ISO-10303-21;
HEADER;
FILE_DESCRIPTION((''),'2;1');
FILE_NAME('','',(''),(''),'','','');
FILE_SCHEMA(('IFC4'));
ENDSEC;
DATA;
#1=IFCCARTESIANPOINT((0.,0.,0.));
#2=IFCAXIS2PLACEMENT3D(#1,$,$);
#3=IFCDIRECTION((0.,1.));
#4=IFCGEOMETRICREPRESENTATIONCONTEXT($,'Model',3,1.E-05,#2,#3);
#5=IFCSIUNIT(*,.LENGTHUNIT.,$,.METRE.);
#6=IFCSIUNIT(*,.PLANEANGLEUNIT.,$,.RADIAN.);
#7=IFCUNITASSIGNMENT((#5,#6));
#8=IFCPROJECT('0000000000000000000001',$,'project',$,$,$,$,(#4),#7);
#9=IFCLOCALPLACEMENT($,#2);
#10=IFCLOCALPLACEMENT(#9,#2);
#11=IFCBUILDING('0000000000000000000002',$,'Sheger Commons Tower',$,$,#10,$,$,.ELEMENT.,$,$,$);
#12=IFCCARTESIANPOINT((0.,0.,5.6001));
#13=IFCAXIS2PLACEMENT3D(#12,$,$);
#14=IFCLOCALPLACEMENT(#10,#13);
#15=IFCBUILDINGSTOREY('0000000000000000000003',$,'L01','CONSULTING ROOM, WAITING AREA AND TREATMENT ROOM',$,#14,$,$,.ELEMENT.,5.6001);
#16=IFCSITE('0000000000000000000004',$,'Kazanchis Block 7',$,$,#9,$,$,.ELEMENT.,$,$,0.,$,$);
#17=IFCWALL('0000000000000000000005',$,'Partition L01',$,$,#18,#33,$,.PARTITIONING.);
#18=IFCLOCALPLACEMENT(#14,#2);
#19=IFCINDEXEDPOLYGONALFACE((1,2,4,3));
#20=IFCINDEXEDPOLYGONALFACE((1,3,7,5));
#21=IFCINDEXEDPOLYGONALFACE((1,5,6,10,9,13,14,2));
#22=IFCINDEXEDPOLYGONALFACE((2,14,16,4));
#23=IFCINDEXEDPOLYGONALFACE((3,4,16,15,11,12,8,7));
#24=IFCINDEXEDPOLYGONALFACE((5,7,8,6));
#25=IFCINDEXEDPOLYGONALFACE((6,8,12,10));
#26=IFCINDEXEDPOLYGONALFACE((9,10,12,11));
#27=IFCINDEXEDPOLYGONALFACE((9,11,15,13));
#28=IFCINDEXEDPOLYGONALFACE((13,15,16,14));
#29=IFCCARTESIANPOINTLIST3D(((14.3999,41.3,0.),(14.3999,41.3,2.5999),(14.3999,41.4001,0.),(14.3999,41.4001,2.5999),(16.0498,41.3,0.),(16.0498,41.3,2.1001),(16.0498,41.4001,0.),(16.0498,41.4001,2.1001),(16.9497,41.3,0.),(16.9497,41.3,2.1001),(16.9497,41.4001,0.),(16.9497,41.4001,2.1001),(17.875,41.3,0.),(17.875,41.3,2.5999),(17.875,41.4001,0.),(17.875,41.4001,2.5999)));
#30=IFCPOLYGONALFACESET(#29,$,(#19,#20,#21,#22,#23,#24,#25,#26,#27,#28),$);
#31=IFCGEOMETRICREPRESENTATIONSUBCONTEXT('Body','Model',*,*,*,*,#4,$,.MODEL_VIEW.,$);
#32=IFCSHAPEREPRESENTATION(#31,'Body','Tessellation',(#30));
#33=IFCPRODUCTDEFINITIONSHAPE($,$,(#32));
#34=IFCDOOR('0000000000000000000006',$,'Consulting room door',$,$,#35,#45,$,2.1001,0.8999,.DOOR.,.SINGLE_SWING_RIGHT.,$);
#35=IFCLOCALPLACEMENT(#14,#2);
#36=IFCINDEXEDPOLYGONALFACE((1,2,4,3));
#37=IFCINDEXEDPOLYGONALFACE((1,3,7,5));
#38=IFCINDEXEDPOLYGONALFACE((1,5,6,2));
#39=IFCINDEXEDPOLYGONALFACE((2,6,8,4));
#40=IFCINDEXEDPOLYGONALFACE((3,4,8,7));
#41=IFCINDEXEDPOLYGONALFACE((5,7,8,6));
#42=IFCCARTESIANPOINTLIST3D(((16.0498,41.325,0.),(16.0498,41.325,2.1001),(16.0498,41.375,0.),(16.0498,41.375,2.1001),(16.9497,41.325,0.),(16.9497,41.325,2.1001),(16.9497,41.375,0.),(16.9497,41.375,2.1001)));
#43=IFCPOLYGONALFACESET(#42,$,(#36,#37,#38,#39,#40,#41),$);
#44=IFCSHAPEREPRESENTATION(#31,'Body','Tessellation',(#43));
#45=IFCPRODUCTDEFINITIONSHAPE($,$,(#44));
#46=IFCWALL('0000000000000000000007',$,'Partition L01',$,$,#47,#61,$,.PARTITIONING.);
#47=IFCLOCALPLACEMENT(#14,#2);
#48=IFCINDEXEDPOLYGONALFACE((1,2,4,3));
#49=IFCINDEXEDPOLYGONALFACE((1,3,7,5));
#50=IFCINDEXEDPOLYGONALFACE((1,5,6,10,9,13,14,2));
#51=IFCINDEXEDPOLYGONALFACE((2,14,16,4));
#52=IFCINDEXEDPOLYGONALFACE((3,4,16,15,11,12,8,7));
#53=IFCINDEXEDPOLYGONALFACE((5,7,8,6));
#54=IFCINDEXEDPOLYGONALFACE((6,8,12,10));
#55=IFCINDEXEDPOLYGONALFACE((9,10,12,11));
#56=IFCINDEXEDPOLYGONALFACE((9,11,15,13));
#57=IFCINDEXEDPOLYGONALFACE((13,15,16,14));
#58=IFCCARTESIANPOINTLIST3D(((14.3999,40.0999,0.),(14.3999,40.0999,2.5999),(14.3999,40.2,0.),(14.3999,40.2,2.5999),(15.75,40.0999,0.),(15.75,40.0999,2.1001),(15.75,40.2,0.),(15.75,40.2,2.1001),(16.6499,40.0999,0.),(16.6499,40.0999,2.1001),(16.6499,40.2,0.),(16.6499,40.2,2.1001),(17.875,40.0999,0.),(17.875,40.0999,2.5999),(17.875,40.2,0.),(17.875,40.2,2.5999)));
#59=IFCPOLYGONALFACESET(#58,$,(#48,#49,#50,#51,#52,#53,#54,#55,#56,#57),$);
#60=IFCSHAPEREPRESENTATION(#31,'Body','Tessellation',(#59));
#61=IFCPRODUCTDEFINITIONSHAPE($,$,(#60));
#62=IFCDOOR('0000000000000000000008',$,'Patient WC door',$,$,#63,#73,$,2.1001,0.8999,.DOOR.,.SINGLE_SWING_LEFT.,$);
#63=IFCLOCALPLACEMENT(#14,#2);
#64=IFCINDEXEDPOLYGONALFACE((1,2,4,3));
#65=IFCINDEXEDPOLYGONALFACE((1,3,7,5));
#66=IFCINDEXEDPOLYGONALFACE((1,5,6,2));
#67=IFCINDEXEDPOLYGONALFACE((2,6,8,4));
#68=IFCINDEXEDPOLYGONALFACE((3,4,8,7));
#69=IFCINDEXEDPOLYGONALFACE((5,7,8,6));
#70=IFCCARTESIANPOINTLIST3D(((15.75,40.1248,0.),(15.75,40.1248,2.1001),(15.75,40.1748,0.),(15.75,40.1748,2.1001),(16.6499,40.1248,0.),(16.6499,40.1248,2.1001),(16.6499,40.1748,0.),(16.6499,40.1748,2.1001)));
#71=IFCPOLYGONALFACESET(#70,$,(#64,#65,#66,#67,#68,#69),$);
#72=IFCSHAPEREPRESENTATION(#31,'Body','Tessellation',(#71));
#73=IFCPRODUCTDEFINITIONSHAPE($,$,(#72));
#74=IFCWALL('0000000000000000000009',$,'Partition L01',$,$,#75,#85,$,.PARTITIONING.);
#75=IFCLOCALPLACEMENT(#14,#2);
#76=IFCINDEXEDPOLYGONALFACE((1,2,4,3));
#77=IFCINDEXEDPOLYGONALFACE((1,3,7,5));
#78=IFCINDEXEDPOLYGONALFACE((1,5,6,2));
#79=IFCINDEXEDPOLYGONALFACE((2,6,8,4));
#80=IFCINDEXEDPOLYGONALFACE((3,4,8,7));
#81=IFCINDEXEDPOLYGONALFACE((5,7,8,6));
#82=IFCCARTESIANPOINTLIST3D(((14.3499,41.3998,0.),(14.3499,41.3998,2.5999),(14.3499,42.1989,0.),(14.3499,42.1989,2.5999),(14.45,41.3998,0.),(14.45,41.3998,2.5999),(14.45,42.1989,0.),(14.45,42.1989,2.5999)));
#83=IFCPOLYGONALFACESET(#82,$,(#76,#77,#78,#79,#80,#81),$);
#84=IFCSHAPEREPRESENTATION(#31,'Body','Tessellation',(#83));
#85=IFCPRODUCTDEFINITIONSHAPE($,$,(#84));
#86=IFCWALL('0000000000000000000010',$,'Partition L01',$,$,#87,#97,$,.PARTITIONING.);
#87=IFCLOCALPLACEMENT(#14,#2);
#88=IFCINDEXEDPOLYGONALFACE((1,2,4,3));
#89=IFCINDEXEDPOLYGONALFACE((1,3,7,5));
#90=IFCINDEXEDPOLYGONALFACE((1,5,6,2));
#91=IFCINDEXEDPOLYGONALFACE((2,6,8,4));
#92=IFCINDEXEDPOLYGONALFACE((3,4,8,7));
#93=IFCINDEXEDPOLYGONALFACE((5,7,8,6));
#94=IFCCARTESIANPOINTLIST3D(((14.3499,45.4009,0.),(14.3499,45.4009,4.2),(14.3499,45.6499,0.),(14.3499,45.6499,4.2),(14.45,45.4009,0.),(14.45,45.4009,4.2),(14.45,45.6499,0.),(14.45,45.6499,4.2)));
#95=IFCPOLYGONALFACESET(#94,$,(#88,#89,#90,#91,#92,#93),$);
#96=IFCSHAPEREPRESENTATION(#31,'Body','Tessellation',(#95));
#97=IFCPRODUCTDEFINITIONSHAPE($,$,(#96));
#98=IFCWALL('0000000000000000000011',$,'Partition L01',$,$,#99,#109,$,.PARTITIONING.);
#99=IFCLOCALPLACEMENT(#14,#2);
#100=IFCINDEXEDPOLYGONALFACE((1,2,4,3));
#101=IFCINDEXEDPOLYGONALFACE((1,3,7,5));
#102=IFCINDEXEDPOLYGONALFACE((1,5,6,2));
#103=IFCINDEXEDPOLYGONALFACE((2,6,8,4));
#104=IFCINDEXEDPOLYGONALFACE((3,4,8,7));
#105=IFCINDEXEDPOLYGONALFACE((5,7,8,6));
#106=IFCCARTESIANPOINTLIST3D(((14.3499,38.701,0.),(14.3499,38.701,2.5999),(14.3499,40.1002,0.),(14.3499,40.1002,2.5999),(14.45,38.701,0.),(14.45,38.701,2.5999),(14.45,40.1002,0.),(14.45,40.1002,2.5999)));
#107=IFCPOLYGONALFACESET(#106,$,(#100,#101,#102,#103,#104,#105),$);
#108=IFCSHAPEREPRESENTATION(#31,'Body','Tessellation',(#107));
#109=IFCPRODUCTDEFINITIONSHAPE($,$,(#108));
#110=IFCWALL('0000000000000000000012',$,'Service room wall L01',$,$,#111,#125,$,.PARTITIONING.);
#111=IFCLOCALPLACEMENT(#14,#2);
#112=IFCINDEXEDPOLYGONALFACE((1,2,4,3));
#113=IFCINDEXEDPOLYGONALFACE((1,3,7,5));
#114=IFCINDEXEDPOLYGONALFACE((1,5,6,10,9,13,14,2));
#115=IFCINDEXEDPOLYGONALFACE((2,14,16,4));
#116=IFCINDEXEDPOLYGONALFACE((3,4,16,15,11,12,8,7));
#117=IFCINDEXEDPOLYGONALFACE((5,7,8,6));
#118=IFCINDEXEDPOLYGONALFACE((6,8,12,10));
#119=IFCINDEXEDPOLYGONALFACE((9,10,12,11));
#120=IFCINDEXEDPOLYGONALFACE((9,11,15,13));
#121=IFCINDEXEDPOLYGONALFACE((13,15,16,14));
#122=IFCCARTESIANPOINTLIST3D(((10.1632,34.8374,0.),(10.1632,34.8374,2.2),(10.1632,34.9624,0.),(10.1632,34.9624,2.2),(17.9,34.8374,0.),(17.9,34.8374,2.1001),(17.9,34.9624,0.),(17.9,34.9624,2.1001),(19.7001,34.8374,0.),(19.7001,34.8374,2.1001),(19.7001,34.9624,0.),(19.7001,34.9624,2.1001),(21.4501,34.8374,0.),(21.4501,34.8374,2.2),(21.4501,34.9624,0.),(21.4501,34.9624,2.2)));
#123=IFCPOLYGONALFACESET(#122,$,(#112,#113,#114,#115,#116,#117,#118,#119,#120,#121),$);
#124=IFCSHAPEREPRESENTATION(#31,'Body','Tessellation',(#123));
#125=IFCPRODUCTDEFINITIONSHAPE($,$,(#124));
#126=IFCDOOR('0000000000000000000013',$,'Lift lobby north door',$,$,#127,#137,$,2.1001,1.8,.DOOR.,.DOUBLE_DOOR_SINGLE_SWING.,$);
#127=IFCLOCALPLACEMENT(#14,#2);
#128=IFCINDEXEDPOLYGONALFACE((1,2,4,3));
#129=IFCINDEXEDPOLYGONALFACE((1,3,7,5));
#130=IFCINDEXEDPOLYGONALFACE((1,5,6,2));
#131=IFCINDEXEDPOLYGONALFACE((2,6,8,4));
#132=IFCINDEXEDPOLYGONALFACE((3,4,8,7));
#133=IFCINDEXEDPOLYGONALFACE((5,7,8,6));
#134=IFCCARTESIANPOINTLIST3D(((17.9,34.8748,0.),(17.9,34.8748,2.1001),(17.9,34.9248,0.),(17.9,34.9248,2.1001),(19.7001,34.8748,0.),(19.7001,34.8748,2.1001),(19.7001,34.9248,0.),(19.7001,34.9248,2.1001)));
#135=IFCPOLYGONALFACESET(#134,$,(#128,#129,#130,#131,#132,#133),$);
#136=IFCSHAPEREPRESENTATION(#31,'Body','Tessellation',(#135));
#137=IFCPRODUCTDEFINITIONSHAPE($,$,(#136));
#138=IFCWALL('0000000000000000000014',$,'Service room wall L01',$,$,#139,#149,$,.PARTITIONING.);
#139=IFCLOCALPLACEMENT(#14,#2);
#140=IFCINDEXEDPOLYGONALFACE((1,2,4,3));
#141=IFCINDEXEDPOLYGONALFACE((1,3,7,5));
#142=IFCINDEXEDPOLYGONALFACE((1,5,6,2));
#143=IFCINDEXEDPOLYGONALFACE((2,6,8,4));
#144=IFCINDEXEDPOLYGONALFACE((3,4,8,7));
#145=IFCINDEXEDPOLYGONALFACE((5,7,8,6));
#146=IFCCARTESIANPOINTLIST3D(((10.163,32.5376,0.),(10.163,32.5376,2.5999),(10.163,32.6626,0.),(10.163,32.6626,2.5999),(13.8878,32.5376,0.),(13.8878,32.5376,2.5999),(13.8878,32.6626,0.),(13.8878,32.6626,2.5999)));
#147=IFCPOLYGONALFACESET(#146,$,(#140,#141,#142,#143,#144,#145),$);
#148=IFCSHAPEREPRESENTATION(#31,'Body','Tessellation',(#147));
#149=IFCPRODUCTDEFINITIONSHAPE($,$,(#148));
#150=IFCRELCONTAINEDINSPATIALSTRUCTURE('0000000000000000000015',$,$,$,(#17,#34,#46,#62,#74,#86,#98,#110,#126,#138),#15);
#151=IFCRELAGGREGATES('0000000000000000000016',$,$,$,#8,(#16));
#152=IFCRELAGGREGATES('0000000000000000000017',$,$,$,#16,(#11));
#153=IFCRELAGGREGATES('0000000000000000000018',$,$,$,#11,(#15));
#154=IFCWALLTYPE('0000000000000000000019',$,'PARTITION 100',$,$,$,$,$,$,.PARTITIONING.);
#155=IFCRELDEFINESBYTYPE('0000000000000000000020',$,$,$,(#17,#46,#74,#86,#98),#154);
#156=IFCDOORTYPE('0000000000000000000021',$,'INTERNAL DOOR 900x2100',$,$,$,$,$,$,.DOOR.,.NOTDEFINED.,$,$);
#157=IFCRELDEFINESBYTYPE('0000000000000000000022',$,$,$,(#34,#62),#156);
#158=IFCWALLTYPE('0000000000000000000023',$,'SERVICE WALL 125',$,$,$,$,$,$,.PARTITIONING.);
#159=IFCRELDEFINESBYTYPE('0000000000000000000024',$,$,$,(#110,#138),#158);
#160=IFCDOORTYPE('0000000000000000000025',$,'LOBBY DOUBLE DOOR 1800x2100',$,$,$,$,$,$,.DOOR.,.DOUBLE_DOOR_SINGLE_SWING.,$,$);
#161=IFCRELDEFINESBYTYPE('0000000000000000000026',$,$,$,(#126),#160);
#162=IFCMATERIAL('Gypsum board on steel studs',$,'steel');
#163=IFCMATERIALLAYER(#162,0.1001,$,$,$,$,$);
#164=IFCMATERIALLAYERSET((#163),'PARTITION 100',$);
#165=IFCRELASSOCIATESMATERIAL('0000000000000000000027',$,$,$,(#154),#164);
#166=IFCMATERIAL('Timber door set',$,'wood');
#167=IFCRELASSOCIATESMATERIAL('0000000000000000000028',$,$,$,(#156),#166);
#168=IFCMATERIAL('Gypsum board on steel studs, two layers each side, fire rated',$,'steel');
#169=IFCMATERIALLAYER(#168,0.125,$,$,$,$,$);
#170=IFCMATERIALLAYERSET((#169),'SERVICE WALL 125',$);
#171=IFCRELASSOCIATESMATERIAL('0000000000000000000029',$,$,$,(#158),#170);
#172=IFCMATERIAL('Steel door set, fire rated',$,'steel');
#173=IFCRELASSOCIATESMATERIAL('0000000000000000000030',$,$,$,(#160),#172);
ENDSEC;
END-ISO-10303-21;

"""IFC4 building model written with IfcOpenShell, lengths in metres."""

from ifc_helpers import new_model, si_unit, direction, frame, frame_2d, origin, place, context, subcontext, project, spatial, rectangle, extrude, material, layer, layer_set, type_object, element, fill, save


model = new_model("IFC4")

# Units and contexts
model_context = context("Model", 3, precision=1e-05, world=origin(), true_north=direction((0.0, 1.0)))
body_context = subcontext(model_context, "Body", "Model", "MODEL_VIEW")
ifc_project = project(units=[si_unit("LENGTHUNIT", "METRE"), si_unit("PLANEANGLEUNIT", "RADIAN")], contexts=[model_context])

# Site, building, storey
site_placement = place(None, origin())
site = spatial("IfcSite", under=ifc_project, at=site_placement, Name="Kazanchis Block 7", CompositionType="ELEMENT", RefElevation=0.0)
building_placement = place(site_placement, origin())
building = spatial("IfcBuilding", under=site, at=building_placement, Name="Sheger Commons Tower", CompositionType="ELEMENT")
storey_placement = place(building_placement, frame((0.0, 0.0, 5.6001)))
storey = spatial("IfcBuildingStorey", under=building, at=storey_placement, Name="L01", Description="CONSULTING ROOM, WAITING AREA AND TREATMENT ROOM", CompositionType="ELEMENT", Elevation=5.6001)

# Shared definitions
ifc_material_1 = material(Name="Gypsum board on steel studs", Category="steel")
ifc_layer_1 = layer(ifc_material_1, 0.1001)
ifc_layer_set_1 = layer_set([ifc_layer_1], Name="PARTITION 100")
wall_type_1 = type_object("IfcWallType", Name="PARTITION 100", PredefinedType="PARTITIONING", material=ifc_layer_set_1)

# Walls, openings, doors
wall_1_placement = place(storey_placement, frame((14.3999, 41.3501, 0.0), z_axis=(0.0, 0.0, 1.0), x_axis=(1.0, 0.0, 0.0)))
wall_1 = element("IfcWall", 1, at=wall_1_placement, inside=storey, type_object=wall_type_1, Name="Partition L01", PredefinedType="PARTITIONING", context=body_context, shape_type="SweptSolid", body=[
    extrude(rectangle(XDim=3.4751, YDim=0.1001, at=frame_2d((1.7375, 0.0))), origin(), (0.0, 0.0, 1.0), 2.5999),
])
opening_1_placement = place(wall_1_placement, frame((1.6499, 0.0, 0.0)))
opening_1 = element("IfcOpeningElement", 2, at=opening_1_placement, cuts=wall_1, PredefinedType="OPENING", context=body_context, shape_type="SweptSolid", body=[
    extrude(rectangle(XDim=0.8999, YDim=2.1001, at=frame_2d((0.45, 1.05))), frame((0.0, 0.0601, 0.0), z_axis=(0.0, -1.0, 0.0), x_axis=(1.0, 0.0, 0.0)), (0.0, 0.0, 1.0), 0.1201),
])
ifc_material_2 = material(Name="Timber door set", Category="wood")
door_type_1 = type_object("IfcDoorType", Name="INTERNAL DOOR 900x2100", OperationType="NOTDEFINED", PredefinedType="DOOR", material=ifc_material_2)
door_1_placement = place(opening_1_placement, origin())
door_1 = element("IfcDoor", 3, at=door_1_placement, inside=storey, type_object=door_type_1, Name="Consulting room door", OperationType="SINGLE_SWING_RIGHT", OverallHeight=2.1001, OverallWidth=0.8999, PredefinedType="DOOR", context=body_context, shape_type="SweptSolid", body=[
    extrude(rectangle(XDim=0.8999, YDim=2.1001, at=frame_2d((0.45, 1.05))), frame((0.0, 0.0249, 0.0), z_axis=(0.0, -1.0, 0.0), x_axis=(1.0, 0.0, 0.0)), (0.0, 0.0, 1.0), 0.05),
])
fill(opening_1, door_1)
wall_2_placement = place(storey_placement, frame((14.3999, 40.1499, 0.0), z_axis=(0.0, 0.0, 1.0), x_axis=(1.0, 0.0, 0.0)))
wall_2 = element("IfcWall", 4, at=wall_2_placement, inside=storey, type_object=wall_type_1, Name="Partition L01", PredefinedType="PARTITIONING", context=body_context, shape_type="SweptSolid", body=[
    extrude(rectangle(XDim=3.4751, YDim=0.1001, at=frame_2d((1.7375, 0.0))), origin(), (0.0, 0.0, 1.0), 2.5999),
])
opening_2_placement = place(wall_2_placement, frame((1.3501, 0.0, 0.0)))
opening_2 = element("IfcOpeningElement", 5, at=opening_2_placement, cuts=wall_2, PredefinedType="OPENING", context=body_context, shape_type="SweptSolid", body=[
    extrude(rectangle(XDim=0.8999, YDim=2.1001, at=frame_2d((0.45, 1.05))), frame((0.0, 0.0601, 0.0), z_axis=(0.0, -1.0, 0.0), x_axis=(1.0, 0.0, 0.0)), (0.0, 0.0, 1.0), 0.1201),
])
door_2_placement = place(opening_2_placement, origin())
door_2 = element("IfcDoor", 6, at=door_2_placement, inside=storey, type_object=door_type_1, Name="Patient WC door", OperationType="SINGLE_SWING_LEFT", OverallHeight=2.1001, OverallWidth=0.8999, PredefinedType="DOOR", context=body_context, shape_type="SweptSolid", body=[
    extrude(rectangle(XDim=0.8999, YDim=2.1001, at=frame_2d((0.45, 1.05))), frame((0.0, 0.0249, 0.0), z_axis=(0.0, -1.0, 0.0), x_axis=(1.0, 0.0, 0.0)), (0.0, 0.0, 1.0), 0.05),
])
fill(opening_2, door_2)

# Walls
wall_3_placement = place(storey_placement, frame((14.3999, 41.3999, 0.0), z_axis=(0.0, 0.0, 1.0), x_axis=(0.0, 1.0, 0.0)))
element("IfcWall", 7, at=wall_3_placement, inside=storey, type_object=wall_type_1, Name="Partition L01", PredefinedType="PARTITIONING", context=body_context, shape_type="SweptSolid", body=[
    extrude(rectangle(XDim=0.7991, YDim=0.1001, at=frame_2d((0.3994, 0.0))), origin(), (0.0, 0.0, 1.0), 2.5999),
])
wall_4_placement = place(storey_placement, frame((14.3999, 45.4009, 0.0), z_axis=(0.0, 0.0, 1.0), x_axis=(0.0, 1.0, 0.0)))
element("IfcWall", 8, at=wall_4_placement, inside=storey, type_object=wall_type_1, Name="Partition L01", PredefinedType="PARTITIONING", context=body_context, shape_type="SweptSolid", body=[
    extrude(rectangle(XDim=0.249, YDim=0.1001, at=frame_2d((0.1245, 0.0))), origin(), (0.0, 0.0, 1.0), 4.2),
])
wall_5_placement = place(storey_placement, frame((14.3999, 38.7009, 0.0), z_axis=(0.0, 0.0, 1.0), x_axis=(0.0, 1.0, 0.0)))
element("IfcWall", 9, at=wall_5_placement, inside=storey, type_object=wall_type_1, Name="Partition L01", PredefinedType="PARTITIONING", context=body_context, shape_type="SweptSolid", body=[
    extrude(rectangle(XDim=1.3992, YDim=0.1001, at=frame_2d((0.6997, 0.0))), origin(), (0.0, 0.0, 1.0), 2.5999),
])

# Wall, opening, door
ifc_material_3 = material(Name="Gypsum board on steel studs, two layers each side, fire rated", Category="steel")
ifc_layer_2 = layer(ifc_material_3, 0.125)
ifc_layer_set_2 = layer_set([ifc_layer_2], Name="SERVICE WALL 125")
wall_type_2 = type_object("IfcWallType", Name="SERVICE WALL 125", PredefinedType="PARTITIONING", material=ifc_layer_set_2)
wall_6_placement = place(storey_placement, frame((10.1631, 34.8999, 0.0), z_axis=(0.0, 0.0, 1.0), x_axis=(1.0, 0.0, 0.0)))
wall_6 = element("IfcWall", 10, at=wall_6_placement, inside=storey, type_object=wall_type_2, Name="Service room wall L01", PredefinedType="PARTITIONING", context=body_context, shape_type="SweptSolid", body=[
    extrude(rectangle(XDim=11.2869, YDim=0.125, at=frame_2d((5.6436, 0.0))), origin(), (0.0, 0.0, 1.0), 2.2),
])
opening_3_placement = place(wall_6_placement, frame((7.7371, 0.0, 0.0)))
opening_3 = element("IfcOpeningElement", 11, at=opening_3_placement, cuts=wall_6, PredefinedType="OPENING", context=body_context, shape_type="SweptSolid", body=[
    extrude(rectangle(XDim=1.8, YDim=2.1001, at=frame_2d((0.8999, 1.05))), frame((0.0, 0.0725, 0.0), z_axis=(0.0, -1.0, 0.0), x_axis=(1.0, 0.0, 0.0)), (0.0, 0.0, 1.0), 0.145),
])
ifc_material_4 = material(Name="Steel door set, fire rated", Category="steel")
door_type_2 = type_object("IfcDoorType", Name="LOBBY DOUBLE DOOR 1800x2100", OperationType="DOUBLE_DOOR_SINGLE_SWING", PredefinedType="DOOR", material=ifc_material_4)
door_3_placement = place(opening_3_placement, origin())
door_3 = element("IfcDoor", 12, at=door_3_placement, inside=storey, type_object=door_type_2, Name="Lift lobby north door", OperationType="DOUBLE_DOOR_SINGLE_SWING", OverallHeight=2.1001, OverallWidth=1.8, PredefinedType="DOOR", context=body_context, shape_type="SweptSolid", body=[
    extrude(rectangle(XDim=1.8, YDim=2.1001, at=frame_2d((0.8999, 1.05))), frame((0.0, 0.0249, 0.0), z_axis=(0.0, -1.0, 0.0), x_axis=(1.0, 0.0, 0.0)), (0.0, 0.0, 1.0), 0.05),
])
fill(opening_3, door_3)

# Wall
wall_7_placement = place(storey_placement, frame((10.1631, 32.6001, 0.0), z_axis=(0.0, 0.0, 1.0), x_axis=(1.0, 0.0, 0.0)))
element("IfcWall", 13, at=wall_7_placement, inside=storey, type_object=wall_type_2, Name="Service room wall L01", PredefinedType="PARTITIONING", context=body_context, shape_type="SweptSolid", body=[
    extrude(rectangle(XDim=3.7249, YDim=0.125, at=frame_2d((1.8623, 0.0))), origin(), (0.0, 0.0, 1.0), 2.5999),
])

save(model, "model.ifc")
